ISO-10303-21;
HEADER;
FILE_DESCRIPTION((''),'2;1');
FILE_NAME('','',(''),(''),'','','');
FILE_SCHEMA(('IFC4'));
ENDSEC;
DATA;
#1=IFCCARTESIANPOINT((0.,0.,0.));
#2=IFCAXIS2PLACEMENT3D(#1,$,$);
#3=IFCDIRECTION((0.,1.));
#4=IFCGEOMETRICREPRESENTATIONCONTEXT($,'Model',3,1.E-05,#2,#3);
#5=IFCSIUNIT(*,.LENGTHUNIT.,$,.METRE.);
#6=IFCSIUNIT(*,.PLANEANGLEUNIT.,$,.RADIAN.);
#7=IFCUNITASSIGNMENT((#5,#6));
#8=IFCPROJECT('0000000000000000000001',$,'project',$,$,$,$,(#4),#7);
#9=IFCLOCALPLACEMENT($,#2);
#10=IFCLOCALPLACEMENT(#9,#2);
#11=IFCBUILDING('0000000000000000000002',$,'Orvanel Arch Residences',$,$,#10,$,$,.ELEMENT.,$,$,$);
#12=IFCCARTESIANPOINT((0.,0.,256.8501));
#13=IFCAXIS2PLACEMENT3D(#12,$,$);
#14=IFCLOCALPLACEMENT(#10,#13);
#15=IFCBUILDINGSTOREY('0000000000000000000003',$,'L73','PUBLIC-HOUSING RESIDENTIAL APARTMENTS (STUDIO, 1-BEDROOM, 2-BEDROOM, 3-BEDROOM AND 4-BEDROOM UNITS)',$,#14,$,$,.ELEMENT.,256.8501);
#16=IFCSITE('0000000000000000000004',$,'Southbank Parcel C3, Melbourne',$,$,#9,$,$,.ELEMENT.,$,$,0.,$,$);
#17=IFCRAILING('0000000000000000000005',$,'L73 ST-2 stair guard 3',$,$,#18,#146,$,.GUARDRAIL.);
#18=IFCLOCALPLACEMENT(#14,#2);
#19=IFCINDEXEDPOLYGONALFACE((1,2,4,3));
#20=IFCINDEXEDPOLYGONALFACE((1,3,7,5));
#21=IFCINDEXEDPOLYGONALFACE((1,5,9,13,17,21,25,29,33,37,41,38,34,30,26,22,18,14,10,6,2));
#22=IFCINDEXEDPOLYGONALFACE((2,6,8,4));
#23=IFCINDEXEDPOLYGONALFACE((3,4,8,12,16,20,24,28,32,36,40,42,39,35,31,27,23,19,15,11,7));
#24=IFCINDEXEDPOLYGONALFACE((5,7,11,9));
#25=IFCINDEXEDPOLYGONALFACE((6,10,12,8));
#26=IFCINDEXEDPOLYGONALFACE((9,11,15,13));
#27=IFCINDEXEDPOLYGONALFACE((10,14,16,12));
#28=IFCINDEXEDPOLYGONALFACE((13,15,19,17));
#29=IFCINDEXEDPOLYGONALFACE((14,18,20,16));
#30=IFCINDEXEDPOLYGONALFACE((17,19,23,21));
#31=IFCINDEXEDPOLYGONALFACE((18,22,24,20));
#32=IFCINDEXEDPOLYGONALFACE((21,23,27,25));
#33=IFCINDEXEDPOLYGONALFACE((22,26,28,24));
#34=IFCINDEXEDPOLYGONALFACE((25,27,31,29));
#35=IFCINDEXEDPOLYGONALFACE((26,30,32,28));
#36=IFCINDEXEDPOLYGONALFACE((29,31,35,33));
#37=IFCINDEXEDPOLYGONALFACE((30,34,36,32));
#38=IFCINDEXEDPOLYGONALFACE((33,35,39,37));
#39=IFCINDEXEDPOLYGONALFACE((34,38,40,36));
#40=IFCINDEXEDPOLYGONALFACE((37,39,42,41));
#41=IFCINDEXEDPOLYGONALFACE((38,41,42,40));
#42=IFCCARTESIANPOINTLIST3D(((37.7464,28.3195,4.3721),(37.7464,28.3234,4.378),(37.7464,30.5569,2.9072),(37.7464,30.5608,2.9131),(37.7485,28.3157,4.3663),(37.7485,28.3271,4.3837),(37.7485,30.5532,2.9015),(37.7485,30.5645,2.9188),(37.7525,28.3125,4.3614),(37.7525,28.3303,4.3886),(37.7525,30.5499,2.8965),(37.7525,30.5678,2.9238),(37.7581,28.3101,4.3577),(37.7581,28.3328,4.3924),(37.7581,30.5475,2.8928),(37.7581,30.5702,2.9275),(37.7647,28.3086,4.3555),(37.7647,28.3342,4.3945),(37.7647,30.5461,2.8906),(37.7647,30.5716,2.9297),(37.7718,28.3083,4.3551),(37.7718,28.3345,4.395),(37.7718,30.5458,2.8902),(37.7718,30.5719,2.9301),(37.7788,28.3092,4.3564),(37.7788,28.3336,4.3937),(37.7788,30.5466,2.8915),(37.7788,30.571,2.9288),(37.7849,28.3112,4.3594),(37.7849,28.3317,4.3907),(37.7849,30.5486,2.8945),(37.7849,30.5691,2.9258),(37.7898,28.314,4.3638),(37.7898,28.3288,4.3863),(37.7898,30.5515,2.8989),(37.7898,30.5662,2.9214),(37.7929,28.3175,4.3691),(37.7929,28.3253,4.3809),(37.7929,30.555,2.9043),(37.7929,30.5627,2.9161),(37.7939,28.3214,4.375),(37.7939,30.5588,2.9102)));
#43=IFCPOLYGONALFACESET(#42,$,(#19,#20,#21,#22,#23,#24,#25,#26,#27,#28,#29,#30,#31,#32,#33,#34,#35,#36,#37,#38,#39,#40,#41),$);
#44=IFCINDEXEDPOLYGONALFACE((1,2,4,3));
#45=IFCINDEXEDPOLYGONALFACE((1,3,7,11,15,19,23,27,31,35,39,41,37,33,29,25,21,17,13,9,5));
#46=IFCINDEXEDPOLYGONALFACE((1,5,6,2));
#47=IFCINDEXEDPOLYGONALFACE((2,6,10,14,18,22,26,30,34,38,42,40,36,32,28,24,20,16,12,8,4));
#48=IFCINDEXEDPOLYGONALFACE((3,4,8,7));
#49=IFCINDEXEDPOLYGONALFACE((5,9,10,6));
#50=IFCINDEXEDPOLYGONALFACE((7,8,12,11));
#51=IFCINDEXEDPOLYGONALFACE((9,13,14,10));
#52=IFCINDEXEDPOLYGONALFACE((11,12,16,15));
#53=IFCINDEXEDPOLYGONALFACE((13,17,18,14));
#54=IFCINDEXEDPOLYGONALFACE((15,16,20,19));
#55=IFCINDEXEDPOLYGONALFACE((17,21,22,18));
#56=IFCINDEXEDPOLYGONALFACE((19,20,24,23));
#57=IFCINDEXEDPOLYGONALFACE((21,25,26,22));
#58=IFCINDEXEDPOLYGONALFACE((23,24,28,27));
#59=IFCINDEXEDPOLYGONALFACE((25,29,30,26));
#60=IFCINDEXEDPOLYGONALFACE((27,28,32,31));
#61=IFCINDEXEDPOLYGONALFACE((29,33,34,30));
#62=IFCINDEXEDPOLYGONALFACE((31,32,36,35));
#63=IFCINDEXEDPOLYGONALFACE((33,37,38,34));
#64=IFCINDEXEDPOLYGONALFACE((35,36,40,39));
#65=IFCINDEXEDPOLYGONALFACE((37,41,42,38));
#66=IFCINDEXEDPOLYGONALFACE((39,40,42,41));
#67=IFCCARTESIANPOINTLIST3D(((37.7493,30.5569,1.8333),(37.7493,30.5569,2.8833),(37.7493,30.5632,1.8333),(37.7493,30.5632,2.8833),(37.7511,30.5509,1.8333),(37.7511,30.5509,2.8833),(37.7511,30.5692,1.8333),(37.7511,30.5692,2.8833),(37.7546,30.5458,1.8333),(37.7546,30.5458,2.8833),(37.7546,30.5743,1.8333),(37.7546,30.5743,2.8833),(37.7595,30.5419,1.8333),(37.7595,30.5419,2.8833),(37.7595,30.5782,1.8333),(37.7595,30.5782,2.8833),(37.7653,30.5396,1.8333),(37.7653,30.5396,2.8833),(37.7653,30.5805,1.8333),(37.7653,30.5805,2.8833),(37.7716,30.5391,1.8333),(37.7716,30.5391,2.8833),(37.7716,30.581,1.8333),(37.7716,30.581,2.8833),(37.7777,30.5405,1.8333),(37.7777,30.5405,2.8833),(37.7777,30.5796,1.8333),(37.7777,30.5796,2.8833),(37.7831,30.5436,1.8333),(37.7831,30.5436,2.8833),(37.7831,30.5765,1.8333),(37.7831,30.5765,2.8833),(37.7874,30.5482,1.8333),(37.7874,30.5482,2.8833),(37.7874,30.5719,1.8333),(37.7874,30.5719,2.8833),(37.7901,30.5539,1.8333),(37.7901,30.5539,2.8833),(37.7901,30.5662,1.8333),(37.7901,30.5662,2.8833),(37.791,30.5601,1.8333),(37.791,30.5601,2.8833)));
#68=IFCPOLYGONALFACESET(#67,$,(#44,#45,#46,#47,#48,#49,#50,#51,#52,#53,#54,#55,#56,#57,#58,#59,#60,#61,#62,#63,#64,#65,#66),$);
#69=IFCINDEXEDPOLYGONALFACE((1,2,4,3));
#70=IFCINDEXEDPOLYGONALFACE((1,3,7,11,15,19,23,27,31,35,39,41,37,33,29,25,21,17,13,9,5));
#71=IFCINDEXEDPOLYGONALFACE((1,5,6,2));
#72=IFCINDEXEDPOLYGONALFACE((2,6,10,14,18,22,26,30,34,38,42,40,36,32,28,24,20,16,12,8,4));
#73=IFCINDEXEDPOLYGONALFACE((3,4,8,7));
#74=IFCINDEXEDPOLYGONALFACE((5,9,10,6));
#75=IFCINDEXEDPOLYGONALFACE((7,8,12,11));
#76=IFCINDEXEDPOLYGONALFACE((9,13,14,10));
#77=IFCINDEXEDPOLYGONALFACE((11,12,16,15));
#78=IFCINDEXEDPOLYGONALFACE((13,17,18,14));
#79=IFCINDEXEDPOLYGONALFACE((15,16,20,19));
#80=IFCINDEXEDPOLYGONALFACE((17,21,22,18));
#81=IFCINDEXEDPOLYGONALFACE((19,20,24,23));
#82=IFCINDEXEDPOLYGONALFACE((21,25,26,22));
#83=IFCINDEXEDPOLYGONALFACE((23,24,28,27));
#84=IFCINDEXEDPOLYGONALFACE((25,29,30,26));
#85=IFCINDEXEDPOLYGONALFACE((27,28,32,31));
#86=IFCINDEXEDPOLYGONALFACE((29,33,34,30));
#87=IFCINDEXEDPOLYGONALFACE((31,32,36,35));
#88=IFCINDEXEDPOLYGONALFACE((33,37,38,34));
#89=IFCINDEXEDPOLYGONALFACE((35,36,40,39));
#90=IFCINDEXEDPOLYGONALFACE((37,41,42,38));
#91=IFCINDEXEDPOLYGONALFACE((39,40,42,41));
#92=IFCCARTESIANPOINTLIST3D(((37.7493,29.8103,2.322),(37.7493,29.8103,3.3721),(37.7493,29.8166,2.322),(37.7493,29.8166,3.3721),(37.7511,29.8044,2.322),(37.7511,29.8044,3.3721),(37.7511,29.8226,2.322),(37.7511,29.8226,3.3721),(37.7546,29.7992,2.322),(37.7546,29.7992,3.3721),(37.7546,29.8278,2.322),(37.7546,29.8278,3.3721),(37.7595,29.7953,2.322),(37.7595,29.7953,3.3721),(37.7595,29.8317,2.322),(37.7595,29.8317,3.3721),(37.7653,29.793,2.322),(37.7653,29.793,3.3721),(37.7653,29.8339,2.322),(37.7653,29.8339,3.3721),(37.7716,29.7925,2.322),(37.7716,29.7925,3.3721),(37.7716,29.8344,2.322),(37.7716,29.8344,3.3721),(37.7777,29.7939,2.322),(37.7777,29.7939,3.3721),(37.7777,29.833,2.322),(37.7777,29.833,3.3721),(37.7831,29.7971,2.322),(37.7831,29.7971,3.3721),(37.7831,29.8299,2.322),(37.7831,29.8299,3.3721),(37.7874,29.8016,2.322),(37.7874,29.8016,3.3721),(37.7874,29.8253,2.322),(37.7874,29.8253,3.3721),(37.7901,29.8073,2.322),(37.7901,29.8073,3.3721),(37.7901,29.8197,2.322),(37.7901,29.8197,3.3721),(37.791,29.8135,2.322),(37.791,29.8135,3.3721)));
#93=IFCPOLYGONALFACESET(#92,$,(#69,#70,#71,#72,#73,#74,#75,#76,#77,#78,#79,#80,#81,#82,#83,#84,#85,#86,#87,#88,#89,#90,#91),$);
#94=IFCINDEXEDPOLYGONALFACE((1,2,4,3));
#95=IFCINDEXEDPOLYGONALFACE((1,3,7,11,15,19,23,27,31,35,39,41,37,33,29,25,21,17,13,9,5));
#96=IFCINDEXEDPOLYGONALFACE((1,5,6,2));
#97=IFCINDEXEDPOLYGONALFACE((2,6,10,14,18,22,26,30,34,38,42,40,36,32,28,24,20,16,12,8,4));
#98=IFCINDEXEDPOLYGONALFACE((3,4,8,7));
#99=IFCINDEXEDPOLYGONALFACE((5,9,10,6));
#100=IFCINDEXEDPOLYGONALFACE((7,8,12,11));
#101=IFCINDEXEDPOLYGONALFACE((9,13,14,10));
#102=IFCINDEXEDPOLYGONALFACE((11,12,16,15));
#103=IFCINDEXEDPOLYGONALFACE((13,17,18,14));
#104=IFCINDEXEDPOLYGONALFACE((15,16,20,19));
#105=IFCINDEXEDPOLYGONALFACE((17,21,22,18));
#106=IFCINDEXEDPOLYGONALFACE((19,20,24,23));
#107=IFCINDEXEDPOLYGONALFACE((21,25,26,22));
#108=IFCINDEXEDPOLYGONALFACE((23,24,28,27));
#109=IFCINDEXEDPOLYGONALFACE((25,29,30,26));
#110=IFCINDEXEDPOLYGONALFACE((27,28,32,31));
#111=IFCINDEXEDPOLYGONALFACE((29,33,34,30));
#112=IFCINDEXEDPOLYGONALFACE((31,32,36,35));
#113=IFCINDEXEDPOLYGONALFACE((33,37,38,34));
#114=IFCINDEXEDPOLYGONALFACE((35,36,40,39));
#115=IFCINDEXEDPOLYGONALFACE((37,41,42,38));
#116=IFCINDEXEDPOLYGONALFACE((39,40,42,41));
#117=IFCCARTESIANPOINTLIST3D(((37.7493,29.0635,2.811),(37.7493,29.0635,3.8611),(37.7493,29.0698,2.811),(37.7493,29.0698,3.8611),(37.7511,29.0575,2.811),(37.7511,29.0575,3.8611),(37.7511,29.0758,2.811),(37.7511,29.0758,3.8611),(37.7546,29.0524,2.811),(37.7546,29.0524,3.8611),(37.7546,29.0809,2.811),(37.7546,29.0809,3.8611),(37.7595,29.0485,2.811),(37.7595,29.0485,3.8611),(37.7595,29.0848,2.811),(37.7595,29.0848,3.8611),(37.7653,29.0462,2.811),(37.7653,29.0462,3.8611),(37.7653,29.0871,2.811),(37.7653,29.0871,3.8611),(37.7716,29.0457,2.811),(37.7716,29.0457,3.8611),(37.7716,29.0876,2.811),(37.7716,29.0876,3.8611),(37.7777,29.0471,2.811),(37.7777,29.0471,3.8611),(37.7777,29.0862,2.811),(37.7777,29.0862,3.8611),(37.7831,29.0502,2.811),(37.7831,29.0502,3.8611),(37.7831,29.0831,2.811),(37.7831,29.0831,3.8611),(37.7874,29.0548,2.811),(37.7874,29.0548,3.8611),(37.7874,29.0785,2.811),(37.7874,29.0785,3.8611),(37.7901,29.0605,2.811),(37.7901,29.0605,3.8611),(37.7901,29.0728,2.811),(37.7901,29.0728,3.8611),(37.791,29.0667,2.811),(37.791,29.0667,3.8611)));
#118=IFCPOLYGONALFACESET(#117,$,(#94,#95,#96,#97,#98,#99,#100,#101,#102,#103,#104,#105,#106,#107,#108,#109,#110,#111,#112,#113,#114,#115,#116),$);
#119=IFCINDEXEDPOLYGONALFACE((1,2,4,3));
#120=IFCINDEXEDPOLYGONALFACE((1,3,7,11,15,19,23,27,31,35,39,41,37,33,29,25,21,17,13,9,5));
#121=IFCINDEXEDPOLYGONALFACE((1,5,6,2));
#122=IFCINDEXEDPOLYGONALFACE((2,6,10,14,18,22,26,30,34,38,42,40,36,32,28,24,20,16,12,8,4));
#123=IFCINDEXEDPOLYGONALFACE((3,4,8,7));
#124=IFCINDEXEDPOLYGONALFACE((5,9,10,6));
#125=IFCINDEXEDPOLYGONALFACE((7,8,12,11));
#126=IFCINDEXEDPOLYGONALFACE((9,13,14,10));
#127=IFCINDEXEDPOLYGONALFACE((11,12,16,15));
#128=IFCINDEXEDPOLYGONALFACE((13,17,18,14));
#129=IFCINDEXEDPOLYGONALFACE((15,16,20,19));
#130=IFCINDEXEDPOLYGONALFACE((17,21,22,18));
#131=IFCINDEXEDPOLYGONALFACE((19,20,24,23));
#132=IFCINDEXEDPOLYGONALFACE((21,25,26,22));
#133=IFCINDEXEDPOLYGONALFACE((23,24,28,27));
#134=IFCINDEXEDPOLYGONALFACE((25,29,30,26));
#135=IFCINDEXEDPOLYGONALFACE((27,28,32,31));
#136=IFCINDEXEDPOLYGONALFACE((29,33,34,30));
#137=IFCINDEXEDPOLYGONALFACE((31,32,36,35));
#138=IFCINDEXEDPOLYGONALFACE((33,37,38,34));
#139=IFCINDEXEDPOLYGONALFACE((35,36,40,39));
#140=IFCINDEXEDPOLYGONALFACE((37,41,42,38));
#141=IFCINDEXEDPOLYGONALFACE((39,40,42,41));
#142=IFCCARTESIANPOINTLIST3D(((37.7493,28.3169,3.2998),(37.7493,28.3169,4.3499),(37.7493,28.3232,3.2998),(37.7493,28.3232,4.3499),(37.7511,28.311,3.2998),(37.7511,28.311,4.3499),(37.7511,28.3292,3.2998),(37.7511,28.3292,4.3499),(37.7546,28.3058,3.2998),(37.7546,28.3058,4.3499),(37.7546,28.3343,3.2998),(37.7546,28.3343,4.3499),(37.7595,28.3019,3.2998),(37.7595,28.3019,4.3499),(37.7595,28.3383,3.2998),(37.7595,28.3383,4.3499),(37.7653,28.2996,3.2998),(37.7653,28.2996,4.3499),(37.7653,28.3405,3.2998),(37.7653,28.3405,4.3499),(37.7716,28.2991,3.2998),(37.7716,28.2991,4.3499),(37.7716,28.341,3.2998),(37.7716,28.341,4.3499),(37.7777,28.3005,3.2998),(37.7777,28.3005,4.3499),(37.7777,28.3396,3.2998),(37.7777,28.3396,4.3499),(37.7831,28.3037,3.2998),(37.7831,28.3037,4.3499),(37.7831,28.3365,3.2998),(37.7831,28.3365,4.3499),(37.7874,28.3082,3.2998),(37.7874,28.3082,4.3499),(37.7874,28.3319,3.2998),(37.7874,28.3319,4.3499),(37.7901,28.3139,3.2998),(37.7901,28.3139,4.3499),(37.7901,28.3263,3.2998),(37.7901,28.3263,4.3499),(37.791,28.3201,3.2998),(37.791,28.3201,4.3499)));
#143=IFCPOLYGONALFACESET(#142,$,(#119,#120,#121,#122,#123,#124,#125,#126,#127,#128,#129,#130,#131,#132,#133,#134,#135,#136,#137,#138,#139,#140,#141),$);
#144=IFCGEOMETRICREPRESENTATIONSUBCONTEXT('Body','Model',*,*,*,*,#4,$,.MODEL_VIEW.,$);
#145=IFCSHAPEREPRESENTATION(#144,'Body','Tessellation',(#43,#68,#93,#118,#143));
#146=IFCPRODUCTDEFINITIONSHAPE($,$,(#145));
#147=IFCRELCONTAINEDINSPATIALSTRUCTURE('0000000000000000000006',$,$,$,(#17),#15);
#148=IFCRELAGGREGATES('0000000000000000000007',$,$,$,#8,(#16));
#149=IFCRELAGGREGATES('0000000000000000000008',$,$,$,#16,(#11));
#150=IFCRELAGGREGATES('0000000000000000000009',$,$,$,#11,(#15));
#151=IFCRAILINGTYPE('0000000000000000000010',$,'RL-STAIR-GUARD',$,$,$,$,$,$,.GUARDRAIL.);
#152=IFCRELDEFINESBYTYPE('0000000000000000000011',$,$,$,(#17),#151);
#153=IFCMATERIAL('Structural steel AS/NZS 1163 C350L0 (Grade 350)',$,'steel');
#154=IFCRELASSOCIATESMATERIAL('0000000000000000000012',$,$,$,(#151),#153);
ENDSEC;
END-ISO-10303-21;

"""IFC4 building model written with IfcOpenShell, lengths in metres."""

from ifc_helpers import new_model, si_unit, direction, frame, origin, origin_2d, place, context, subcontext, project, spatial, circle, extrude, material, type_object, element, save


model = new_model("IFC4")

# Units and contexts
model_context = context("Model", 3, precision=1e-05, world=origin(), true_north=direction((0.0, 1.0)))
body_context = subcontext(model_context, "Body", "Model", "MODEL_VIEW")
ifc_project = project(units=[si_unit("LENGTHUNIT", "METRE"), si_unit("PLANEANGLEUNIT", "RADIAN")], contexts=[model_context])

# Site, building, storey
site_placement = place(None, origin())
site = spatial("IfcSite", under=ifc_project, at=site_placement, Name="Southbank Parcel C3, Melbourne", CompositionType="ELEMENT", RefElevation=0.0)
building_placement = place(site_placement, origin())
building = spatial("IfcBuilding", under=site, at=building_placement, Name="Orvanel Arch Residences", CompositionType="ELEMENT")
storey_placement = place(building_placement, frame((0.0, 0.0, 256.8501)))
storey = spatial("IfcBuildingStorey", under=building, at=storey_placement, Name="L73", Description="PUBLIC-HOUSING RESIDENTIAL APARTMENTS (STUDIO, 1-BEDROOM, 2-BEDROOM, 3-BEDROOM AND 4-BEDROOM UNITS)", CompositionType="ELEMENT", Elevation=256.8501)

# Railing
ifc_material_1 = material(Name="Structural steel AS/NZS 1163 C350L0 (Grade 350)", Category="steel")
railing_type_1 = type_object("IfcRailingType", Name="RL-STAIR-GUARD", PredefinedType="GUARDRAIL", material=ifc_material_1)
railing_1_placement = place(storey_placement, frame((37.77, 30.5601, 1.8333)))
element("IfcRailing", 1, at=railing_1_placement, inside=storey, type_object=railing_type_1, Name="L73 ST-2 stair guard 3", PredefinedType="GUARDRAIL", context=body_context, shape_type="SweptSolid", body=[
    extrude(circle(Radius=0.0239, at=origin_2d()), frame((0.0, -0.0012, 1.0769), z_axis=(0.0, -0.836637, 0.547758), x_axis=(1.0, 0.0, 0.0)), (0.0, 0.0, 1.0), 2.6743),
    extrude(circle(Radius=0.021, at=origin_2d()), origin(), (0.0, 0.0, 1.0), 1.05),
    extrude(circle(Radius=0.021, at=origin_2d()), frame((0.0, -0.7466, 0.4888)), (0.0, 0.0, 1.0), 1.05),
    extrude(circle(Radius=0.021, at=origin_2d()), frame((0.0, -1.4934, 0.9778)), (0.0, 0.0, 1.0), 1.05),
    extrude(circle(Radius=0.021, at=origin_2d()), frame((0.0, -2.24, 1.4666)), (0.0, 0.0, 1.0), 1.05),
])

save(model, "model.ifc")
